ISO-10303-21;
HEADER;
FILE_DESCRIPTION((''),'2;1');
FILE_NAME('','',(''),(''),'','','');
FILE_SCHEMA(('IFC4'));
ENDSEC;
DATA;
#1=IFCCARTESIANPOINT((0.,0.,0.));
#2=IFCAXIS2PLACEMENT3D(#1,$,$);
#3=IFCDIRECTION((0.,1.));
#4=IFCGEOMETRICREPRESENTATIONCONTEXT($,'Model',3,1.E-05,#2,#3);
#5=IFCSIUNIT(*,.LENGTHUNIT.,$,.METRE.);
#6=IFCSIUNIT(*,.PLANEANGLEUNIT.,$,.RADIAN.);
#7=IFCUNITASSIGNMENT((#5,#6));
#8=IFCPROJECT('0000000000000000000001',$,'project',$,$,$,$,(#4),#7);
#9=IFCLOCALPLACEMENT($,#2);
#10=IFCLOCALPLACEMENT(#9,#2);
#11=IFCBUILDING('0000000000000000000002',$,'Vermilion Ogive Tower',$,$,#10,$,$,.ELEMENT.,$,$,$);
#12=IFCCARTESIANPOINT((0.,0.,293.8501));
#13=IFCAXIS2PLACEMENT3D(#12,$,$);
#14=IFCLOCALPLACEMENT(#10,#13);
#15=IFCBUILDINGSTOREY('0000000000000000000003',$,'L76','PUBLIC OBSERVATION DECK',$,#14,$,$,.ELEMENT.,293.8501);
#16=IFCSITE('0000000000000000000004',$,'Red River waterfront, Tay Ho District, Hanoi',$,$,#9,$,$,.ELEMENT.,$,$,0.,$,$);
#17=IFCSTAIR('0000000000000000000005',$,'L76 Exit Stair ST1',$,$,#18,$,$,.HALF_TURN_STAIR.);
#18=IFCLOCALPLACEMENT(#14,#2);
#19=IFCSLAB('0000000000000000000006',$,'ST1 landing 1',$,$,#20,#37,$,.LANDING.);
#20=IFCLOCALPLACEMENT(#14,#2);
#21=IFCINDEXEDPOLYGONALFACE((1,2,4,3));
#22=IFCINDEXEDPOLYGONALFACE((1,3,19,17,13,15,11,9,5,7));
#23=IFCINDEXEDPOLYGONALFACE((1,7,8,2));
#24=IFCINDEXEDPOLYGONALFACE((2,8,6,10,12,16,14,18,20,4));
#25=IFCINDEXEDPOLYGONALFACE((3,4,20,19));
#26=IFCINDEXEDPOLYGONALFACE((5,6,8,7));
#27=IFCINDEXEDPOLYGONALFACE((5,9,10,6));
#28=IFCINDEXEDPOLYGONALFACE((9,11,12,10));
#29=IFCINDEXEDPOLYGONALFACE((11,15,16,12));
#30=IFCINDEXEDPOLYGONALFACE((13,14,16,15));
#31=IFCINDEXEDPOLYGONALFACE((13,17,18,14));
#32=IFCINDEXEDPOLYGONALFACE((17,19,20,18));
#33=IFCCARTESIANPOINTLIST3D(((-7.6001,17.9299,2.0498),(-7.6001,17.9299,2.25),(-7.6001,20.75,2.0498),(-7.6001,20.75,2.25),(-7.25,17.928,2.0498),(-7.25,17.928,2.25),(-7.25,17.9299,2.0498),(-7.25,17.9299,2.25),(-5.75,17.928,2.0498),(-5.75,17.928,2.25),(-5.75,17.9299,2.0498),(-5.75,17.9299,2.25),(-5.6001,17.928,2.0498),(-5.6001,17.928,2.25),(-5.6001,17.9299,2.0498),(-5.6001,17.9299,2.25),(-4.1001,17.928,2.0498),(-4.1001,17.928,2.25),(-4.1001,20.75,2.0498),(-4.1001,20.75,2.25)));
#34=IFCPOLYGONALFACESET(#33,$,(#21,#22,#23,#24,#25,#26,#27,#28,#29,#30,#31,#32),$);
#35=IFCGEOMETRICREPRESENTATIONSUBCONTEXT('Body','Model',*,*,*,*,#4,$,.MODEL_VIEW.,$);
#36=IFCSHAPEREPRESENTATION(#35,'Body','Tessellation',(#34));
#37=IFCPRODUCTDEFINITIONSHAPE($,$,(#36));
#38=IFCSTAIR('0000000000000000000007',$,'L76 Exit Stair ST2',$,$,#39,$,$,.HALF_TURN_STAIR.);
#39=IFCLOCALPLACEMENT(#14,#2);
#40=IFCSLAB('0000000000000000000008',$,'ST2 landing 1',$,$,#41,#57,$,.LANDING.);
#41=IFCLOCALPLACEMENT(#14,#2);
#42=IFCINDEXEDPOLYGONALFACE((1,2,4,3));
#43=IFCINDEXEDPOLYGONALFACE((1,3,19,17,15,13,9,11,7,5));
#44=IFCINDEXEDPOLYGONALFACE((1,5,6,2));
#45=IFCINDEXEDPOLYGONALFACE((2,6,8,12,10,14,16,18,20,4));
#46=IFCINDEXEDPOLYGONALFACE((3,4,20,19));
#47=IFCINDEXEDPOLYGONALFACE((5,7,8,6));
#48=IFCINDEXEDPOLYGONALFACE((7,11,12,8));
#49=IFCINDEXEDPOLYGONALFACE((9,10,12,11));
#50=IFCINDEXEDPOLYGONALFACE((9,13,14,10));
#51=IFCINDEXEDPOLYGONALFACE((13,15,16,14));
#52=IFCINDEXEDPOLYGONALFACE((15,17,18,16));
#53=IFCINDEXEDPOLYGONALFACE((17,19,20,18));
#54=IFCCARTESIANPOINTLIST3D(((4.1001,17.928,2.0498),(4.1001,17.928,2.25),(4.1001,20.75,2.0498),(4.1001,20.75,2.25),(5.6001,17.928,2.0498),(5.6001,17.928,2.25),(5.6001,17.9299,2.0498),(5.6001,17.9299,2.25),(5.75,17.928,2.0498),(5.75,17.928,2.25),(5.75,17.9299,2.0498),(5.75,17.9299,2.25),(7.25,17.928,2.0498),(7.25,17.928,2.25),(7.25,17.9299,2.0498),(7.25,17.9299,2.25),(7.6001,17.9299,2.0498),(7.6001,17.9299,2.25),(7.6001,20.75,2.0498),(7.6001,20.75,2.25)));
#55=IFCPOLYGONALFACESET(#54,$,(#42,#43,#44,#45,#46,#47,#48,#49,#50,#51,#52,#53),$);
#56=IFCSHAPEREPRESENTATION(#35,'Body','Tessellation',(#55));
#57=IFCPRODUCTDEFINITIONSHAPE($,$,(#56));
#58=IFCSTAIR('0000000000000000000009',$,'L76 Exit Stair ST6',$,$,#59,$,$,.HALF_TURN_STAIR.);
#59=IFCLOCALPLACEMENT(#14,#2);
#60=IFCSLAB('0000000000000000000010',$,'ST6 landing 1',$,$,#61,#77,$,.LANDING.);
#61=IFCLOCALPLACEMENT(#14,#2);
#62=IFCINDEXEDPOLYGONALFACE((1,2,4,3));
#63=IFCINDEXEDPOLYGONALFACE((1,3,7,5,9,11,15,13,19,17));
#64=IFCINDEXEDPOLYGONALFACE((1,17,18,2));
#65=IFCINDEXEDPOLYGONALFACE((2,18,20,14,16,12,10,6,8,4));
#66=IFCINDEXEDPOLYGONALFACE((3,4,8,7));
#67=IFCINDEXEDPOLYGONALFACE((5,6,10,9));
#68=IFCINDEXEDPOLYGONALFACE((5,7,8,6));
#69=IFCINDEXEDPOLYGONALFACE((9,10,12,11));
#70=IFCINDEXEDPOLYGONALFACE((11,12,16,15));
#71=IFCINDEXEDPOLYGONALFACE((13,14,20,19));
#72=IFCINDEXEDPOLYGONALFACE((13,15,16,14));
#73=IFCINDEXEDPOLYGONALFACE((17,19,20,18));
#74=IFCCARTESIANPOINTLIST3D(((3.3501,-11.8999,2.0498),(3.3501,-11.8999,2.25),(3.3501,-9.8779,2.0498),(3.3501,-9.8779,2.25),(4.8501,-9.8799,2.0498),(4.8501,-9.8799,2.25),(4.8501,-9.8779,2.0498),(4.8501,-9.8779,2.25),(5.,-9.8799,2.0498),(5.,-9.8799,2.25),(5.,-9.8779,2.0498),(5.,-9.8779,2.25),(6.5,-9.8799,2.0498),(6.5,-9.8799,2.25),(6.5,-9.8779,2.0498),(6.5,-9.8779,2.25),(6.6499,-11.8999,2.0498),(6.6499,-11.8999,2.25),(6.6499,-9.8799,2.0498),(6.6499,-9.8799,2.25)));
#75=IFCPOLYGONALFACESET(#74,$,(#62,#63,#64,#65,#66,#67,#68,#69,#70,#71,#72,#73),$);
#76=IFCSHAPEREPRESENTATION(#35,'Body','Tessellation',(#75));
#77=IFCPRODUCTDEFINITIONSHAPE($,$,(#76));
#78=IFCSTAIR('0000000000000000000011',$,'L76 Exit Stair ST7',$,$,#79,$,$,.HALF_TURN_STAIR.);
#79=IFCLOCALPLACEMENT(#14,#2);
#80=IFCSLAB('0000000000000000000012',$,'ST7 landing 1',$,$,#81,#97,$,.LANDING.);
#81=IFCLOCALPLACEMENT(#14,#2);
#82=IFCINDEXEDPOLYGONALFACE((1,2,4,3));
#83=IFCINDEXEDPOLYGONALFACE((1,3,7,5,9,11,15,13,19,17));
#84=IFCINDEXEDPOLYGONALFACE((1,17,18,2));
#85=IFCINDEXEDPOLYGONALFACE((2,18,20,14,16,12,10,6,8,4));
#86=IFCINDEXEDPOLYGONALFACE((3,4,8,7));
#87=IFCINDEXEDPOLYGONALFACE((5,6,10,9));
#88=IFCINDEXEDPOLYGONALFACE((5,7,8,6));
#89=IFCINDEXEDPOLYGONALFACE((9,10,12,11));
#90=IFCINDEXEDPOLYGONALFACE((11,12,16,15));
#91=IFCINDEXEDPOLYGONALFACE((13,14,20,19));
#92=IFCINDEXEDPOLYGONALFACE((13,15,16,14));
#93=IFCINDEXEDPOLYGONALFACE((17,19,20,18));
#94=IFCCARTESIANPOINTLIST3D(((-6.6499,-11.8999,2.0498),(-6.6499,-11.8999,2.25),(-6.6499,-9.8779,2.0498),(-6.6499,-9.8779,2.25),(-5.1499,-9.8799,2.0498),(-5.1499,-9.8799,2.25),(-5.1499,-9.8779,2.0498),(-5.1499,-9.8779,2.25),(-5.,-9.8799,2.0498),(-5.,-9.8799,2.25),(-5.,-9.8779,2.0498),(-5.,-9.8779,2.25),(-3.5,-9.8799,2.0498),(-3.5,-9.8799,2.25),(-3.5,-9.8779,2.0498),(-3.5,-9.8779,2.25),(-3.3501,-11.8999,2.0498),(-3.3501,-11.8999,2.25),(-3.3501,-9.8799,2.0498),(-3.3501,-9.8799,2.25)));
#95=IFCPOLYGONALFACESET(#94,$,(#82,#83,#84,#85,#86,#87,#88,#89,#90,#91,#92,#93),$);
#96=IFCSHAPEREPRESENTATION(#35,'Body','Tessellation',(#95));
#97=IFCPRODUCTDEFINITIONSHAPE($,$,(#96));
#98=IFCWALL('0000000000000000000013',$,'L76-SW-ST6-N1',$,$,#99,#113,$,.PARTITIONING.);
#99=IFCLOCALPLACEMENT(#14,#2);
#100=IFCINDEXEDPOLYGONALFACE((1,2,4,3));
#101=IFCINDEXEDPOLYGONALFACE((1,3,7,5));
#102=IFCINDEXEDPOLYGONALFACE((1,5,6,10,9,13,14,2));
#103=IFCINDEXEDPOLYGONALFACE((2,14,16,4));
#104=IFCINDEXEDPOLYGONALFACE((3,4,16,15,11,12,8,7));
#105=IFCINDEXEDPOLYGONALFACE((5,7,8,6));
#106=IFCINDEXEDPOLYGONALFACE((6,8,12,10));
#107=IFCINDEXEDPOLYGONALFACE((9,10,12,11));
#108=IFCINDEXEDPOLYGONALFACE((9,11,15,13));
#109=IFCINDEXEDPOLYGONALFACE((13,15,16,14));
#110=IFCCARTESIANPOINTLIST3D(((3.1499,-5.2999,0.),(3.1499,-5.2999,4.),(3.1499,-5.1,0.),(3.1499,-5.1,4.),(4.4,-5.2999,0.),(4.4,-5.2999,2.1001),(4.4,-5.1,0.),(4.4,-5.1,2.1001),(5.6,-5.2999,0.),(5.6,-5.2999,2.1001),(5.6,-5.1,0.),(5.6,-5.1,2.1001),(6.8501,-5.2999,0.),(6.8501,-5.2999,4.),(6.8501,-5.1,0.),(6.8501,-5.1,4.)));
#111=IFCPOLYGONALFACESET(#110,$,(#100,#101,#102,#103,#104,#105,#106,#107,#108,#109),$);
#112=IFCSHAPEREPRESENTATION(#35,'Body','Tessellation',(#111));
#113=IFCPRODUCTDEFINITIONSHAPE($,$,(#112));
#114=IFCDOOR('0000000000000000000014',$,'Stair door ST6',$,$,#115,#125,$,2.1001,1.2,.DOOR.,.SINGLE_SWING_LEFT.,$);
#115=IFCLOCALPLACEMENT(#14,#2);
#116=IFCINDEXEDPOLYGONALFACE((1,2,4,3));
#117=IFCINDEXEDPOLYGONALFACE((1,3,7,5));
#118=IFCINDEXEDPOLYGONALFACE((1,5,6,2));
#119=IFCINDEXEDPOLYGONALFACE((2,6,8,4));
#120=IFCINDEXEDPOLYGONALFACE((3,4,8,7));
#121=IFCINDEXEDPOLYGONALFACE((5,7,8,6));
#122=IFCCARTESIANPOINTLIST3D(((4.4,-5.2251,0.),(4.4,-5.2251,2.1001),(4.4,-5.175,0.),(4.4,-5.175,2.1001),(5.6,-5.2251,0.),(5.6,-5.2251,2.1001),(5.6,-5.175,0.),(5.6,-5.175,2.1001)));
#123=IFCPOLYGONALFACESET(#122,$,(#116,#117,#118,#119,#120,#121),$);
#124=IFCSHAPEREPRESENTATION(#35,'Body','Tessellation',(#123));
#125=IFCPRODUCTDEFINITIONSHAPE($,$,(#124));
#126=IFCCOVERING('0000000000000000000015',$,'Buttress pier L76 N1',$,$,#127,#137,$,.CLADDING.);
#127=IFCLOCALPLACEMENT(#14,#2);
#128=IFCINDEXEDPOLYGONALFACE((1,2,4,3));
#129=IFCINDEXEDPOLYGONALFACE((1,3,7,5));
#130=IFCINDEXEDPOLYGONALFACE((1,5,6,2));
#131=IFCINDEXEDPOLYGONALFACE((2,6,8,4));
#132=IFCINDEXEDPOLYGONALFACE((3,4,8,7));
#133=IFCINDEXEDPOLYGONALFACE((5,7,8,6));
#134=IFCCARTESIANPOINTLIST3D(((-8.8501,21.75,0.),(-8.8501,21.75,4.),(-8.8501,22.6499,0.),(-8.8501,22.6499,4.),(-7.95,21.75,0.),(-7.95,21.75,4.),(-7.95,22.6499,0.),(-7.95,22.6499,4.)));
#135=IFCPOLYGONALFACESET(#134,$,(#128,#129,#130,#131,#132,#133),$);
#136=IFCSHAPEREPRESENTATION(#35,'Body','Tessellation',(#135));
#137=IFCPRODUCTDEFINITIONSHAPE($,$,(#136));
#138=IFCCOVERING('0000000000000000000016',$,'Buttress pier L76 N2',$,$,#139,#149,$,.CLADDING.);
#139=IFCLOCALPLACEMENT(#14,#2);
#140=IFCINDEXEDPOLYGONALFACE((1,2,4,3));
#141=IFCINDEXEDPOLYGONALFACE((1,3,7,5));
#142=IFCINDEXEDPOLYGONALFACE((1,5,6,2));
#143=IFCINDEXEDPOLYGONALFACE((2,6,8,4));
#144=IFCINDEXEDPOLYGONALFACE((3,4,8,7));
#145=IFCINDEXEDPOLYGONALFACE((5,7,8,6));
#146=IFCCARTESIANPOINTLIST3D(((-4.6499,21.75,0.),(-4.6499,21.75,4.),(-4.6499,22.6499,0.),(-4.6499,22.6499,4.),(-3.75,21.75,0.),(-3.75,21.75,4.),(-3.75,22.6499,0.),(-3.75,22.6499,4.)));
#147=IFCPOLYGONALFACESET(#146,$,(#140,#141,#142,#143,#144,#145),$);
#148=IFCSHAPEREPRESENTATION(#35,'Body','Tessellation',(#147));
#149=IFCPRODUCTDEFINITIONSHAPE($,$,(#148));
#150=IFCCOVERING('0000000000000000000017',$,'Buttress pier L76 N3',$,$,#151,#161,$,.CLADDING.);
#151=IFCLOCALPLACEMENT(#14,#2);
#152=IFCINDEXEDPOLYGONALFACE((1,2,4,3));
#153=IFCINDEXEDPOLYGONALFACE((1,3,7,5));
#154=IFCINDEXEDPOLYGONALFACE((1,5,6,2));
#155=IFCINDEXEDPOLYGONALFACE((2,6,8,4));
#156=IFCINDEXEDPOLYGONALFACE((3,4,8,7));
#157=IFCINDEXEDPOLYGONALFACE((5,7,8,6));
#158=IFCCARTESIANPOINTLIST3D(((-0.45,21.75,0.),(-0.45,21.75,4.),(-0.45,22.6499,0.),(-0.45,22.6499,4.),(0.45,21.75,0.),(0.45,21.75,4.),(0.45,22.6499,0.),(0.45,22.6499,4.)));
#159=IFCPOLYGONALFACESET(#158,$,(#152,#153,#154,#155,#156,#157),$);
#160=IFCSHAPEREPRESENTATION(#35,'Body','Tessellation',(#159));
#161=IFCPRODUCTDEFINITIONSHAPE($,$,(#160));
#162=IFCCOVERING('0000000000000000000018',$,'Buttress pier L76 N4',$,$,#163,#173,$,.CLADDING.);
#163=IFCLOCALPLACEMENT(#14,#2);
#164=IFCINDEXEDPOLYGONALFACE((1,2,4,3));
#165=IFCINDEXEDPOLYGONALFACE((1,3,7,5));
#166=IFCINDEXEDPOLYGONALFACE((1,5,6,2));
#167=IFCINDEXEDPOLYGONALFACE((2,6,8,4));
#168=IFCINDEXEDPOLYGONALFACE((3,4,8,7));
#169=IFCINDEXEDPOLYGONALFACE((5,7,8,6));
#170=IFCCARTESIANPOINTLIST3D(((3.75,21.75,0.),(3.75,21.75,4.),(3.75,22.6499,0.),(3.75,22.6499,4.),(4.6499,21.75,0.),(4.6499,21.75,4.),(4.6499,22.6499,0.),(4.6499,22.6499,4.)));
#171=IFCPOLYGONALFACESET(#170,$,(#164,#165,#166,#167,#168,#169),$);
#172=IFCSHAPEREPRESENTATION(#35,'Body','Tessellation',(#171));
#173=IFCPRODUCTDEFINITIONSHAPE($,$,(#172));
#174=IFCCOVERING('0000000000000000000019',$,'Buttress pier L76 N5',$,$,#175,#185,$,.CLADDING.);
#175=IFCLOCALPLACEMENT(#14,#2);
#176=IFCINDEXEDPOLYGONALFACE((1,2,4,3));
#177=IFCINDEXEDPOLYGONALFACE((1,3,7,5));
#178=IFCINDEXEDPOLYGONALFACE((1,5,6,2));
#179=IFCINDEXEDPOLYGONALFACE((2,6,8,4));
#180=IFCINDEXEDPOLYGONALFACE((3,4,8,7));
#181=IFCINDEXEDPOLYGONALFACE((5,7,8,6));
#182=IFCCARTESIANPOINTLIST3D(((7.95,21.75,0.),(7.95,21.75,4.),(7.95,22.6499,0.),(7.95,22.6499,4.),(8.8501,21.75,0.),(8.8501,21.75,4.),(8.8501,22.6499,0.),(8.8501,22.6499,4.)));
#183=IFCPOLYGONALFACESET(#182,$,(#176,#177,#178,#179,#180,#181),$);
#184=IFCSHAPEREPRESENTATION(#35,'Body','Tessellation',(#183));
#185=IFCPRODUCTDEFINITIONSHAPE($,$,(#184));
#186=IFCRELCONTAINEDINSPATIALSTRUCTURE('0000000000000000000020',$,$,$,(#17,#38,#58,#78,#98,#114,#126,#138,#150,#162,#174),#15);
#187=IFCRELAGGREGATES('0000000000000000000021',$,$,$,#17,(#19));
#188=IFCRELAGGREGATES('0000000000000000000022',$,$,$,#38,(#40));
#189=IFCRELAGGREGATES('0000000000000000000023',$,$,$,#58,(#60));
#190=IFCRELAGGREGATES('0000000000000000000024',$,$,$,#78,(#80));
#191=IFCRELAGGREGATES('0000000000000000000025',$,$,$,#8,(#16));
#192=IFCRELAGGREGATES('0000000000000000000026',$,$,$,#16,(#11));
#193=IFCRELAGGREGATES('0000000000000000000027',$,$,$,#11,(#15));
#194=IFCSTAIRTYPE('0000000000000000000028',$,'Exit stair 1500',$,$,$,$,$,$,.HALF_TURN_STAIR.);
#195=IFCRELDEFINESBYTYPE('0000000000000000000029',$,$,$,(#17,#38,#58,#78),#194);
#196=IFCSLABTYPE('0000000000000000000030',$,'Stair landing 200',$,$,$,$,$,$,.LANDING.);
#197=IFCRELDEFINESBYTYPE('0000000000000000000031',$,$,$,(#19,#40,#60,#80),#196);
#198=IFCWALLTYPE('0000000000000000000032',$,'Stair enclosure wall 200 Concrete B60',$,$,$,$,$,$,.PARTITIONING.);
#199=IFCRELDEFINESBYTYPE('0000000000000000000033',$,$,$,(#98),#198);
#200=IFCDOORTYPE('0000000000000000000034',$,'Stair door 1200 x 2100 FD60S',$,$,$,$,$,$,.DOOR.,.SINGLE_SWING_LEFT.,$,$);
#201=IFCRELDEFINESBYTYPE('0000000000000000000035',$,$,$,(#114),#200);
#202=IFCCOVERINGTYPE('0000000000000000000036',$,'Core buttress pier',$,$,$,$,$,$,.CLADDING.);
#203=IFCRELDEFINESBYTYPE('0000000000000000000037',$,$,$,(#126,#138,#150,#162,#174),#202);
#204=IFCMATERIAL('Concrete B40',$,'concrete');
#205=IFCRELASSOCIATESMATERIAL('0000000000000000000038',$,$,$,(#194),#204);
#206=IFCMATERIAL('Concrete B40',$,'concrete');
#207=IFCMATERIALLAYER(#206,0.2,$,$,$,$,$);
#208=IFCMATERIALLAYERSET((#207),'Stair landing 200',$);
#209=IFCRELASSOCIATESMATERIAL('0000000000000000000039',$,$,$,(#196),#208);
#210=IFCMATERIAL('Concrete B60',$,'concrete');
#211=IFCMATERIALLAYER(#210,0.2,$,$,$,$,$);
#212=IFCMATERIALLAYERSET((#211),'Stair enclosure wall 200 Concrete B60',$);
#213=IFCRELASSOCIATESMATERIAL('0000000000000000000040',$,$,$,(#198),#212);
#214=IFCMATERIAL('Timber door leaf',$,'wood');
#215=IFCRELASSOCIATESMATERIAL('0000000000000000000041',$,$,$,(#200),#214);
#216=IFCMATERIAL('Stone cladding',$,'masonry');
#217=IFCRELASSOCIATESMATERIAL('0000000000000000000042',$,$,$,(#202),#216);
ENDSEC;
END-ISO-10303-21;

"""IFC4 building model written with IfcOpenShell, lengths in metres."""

from ifc_helpers import new_model, si_unit, direction, frame, frame_2d, origin, place, context, subcontext, project, spatial, polyline, rectangle, outline, extrude, material, layer, layer_set, type_object, element, fill, aggregate, save


model = new_model("IFC4")

# Units and contexts
model_context = context("Model", 3, precision=1e-05, world=origin(), true_north=direction((0.0, 1.0)))
body_context = subcontext(model_context, "Body", "Model", "MODEL_VIEW")
ifc_project = project(units=[si_unit("LENGTHUNIT", "METRE"), si_unit("PLANEANGLEUNIT", "RADIAN")], contexts=[model_context])

# Site, building, storey
site_placement = place(None, origin())
site = spatial("IfcSite", under=ifc_project, at=site_placement, Name="Red River waterfront, Tay Ho District, Hanoi", CompositionType="ELEMENT", RefElevation=0.0)
building_placement = place(site_placement, origin())
building = spatial("IfcBuilding", under=site, at=building_placement, Name="Vermilion Ogive Tower", CompositionType="ELEMENT")
storey_placement = place(building_placement, frame((0.0, 0.0, 293.8501)))
storey = spatial("IfcBuildingStorey", under=building, at=storey_placement, Name="L76", Description="PUBLIC OBSERVATION DECK", CompositionType="ELEMENT", Elevation=293.8501)

# Stairs, slabs
ifc_material_1 = material(Name="Concrete B40", Category="concrete")
stair_type = type_object("IfcStairType", Name="Exit stair 1500", PredefinedType="HALF_TURN_STAIR", material=ifc_material_1)
stair_1_placement = place(storey_placement, origin())
stair_1 = element("IfcStair", 1, at=stair_1_placement, inside=storey, type_object=stair_type, Name="L76 Exit Stair ST1", PredefinedType="HALF_TURN_STAIR")
ifc_material_2 = material(Name="Concrete B40", Category="concrete")
ifc_layer_1 = layer(ifc_material_2, 0.2)
ifc_layer_set_1 = layer_set([ifc_layer_1], Name="Stair landing 200")
slab_type = type_object("IfcSlabType", Name="Stair landing 200", PredefinedType="LANDING", material=ifc_layer_set_1)
slab_1_placement = place(storey_placement, frame((0.0, 0.0, 2.0498)))
slab_1 = element("IfcSlab", 2, at=slab_1_placement, type_object=slab_type, Name="ST1 landing 1", PredefinedType="LANDING", context=body_context, shape_type="SweptSolid", body=[
    extrude(outline(polyline([(-7.6001, 17.9299), (-7.25, 17.9299), (-7.25, 17.928), (-5.75, 17.928), (-5.75, 17.9299), (-5.6001, 17.9299), (-5.6001, 17.928), (-4.1001, 17.928), (-4.1001, 20.75), (-7.6001, 20.75), (-7.6001, 17.9299)])), origin(), (0.0, 0.0, 1.0), 0.2002),
])
aggregate(stair_1, [slab_1])
stair_2_placement = place(storey_placement, origin())
stair_2 = element("IfcStair", 3, at=stair_2_placement, inside=storey, type_object=stair_type, Name="L76 Exit Stair ST2", PredefinedType="HALF_TURN_STAIR")
slab_2_placement = place(storey_placement, frame((0.0, 0.0, 2.0498)))
slab_2 = element("IfcSlab", 4, at=slab_2_placement, type_object=slab_type, Name="ST2 landing 1", PredefinedType="LANDING", context=body_context, shape_type="SweptSolid", body=[
    extrude(outline(polyline([(5.6001, 17.9299), (5.75, 17.9299), (5.75, 17.928), (7.25, 17.928), (7.25, 17.9299), (7.6001, 17.9299), (7.6001, 20.75), (4.1001, 20.75), (4.1001, 17.928), (5.6001, 17.928), (5.6001, 17.9299)])), origin(), (0.0, 0.0, 1.0), 0.2002),
])
aggregate(stair_2, [slab_2])
stair_3_placement = place(storey_placement, origin())
stair_3 = element("IfcStair", 5, at=stair_3_placement, inside=storey, type_object=stair_type, Name="L76 Exit Stair ST6", PredefinedType="HALF_TURN_STAIR")
slab_3_placement = place(storey_placement, frame((0.0, 0.0, 2.0498)))
slab_3 = element("IfcSlab", 6, at=slab_3_placement, type_object=slab_type, Name="ST6 landing 1", PredefinedType="LANDING", context=body_context, shape_type="SweptSolid", body=[
    extrude(outline(polyline([(6.6499, -9.8799), (6.5, -9.8799), (6.5, -9.8779), (5.0, -9.8779), (5.0, -9.8799), (4.8501, -9.8799), (4.8501, -9.8779), (3.3501, -9.8779), (3.3501, -11.8999), (6.6499, -11.8999), (6.6499, -9.8799)])), origin(), (0.0, 0.0, 1.0), 0.2002),
])
aggregate(stair_3, [slab_3])
stair_4_placement = place(storey_placement, origin())
stair_4 = element("IfcStair", 7, at=stair_4_placement, inside=storey, type_object=stair_type, Name="L76 Exit Stair ST7", PredefinedType="HALF_TURN_STAIR")
slab_4_placement = place(storey_placement, frame((0.0, 0.0, 2.0498)))
slab_4 = element("IfcSlab", 8, at=slab_4_placement, type_object=slab_type, Name="ST7 landing 1", PredefinedType="LANDING", context=body_context, shape_type="SweptSolid", body=[
    extrude(outline(polyline([(-3.3501, -9.8799), (-3.5, -9.8799), (-3.5, -9.8779), (-5.0, -9.8779), (-5.0, -9.8799), (-5.1499, -9.8799), (-5.1499, -9.8779), (-6.6499, -9.8779), (-6.6499, -11.8999), (-3.3501, -11.8999), (-3.3501, -9.8799)])), origin(), (0.0, 0.0, 1.0), 0.2002),
])
aggregate(stair_4, [slab_4])

# Wall, opening, door
ifc_material_3 = material(Name="Concrete B60", Category="concrete")
ifc_layer_2 = layer(ifc_material_3, 0.2)
ifc_layer_set_2 = layer_set([ifc_layer_2], Name="Stair enclosure wall 200 Concrete B60")
wall_type = type_object("IfcWallType", Name="Stair enclosure wall 200 Concrete B60", PredefinedType="PARTITIONING", material=ifc_layer_set_2)
wall_placement = place(storey_placement, frame((3.1499, -5.2, 0.0), z_axis=(0.0, 0.0, 1.0), x_axis=(1.0, 0.0, 0.0)))
wall = element("IfcWall", 9, at=wall_placement, inside=storey, type_object=wall_type, Name="L76-SW-ST6-N1", PredefinedType="PARTITIONING", context=body_context, shape_type="SweptSolid", body=[
    extrude(rectangle(XDim=3.7002, YDim=0.2, at=frame_2d((1.8501, 0.0))), origin(), (0.0, 0.0, 1.0), 4.0),
])
opening_placement = place(wall_placement, frame((1.25, 0.0, 0.0)))
opening = element("IfcOpeningElement", 10, at=opening_placement, cuts=wall, PredefinedType="OPENING", context=body_context, shape_type="SweptSolid", body=[
    extrude(rectangle(XDim=1.2, YDim=2.1001, at=frame_2d((0.6001, 1.05))), frame((0.0, 0.1099, 0.0), z_axis=(0.0, -1.0, 0.0), x_axis=(1.0, 0.0, 0.0)), (0.0, 0.0, 1.0), 0.22),
])
ifc_material_4 = material(Name="Timber door leaf", Category="wood")
door_type = type_object("IfcDoorType", Name="Stair door 1200 x 2100 FD60S", OperationType="SINGLE_SWING_LEFT", PredefinedType="DOOR", material=ifc_material_4)
door_placement = place(opening_placement, origin())
door = element("IfcDoor", 11, at=door_placement, inside=storey, type_object=door_type, Name="Stair door ST6", OperationType="SINGLE_SWING_LEFT", OverallHeight=2.1001, OverallWidth=1.2, PredefinedType="DOOR", context=body_context, shape_type="SweptSolid", body=[
    extrude(rectangle(XDim=1.2, YDim=2.1001, at=frame_2d((0.6001, 1.05))), frame((0.0, 0.0249, 0.0), z_axis=(0.0, -1.0, 0.0), x_axis=(1.0, 0.0, 0.0)), (0.0, 0.0, 1.0), 0.05),
])
fill(opening, door)

# Coverings
ifc_material_5 = material(Name="Stone cladding", Category="masonry")
covering_type_1 = type_object("IfcCoveringType", Name="Core buttress pier", PredefinedType="CLADDING", material=ifc_material_5)
covering_1_placement = place(storey_placement, origin())
element("IfcCovering", 12, at=covering_1_placement, inside=storey, type_object=covering_type_1, Name="Buttress pier L76 N1", PredefinedType="CLADDING", context=body_context, shape_type="SweptSolid", body=[
    extrude(outline(polyline([(-8.8501, 21.75), (-7.95, 21.75), (-7.95, 22.6499), (-8.8501, 22.6499), (-8.8501, 21.75)])), origin(), (0.0, 0.0, 1.0), 4.0),
])
covering_2_placement = place(storey_placement, origin())
element("IfcCovering", 13, at=covering_2_placement, inside=storey, type_object=covering_type_1, Name="Buttress pier L76 N2", PredefinedType="CLADDING", context=body_context, shape_type="SweptSolid", body=[
    extrude(outline(polyline([(-4.6499, 21.75), (-3.75, 21.75), (-3.75, 22.6499), (-4.6499, 22.6499), (-4.6499, 21.75)])), origin(), (0.0, 0.0, 1.0), 4.0),
])
covering_3_placement = place(storey_placement, origin())
element("IfcCovering", 14, at=covering_3_placement, inside=storey, type_object=covering_type_1, Name="Buttress pier L76 N3", PredefinedType="CLADDING", context=body_context, shape_type="SweptSolid", body=[
    extrude(outline(polyline([(-0.45, 21.75), (0.45, 21.75), (0.45, 22.6499), (-0.45, 22.6499), (-0.45, 21.75)])), origin(), (0.0, 0.0, 1.0), 4.0),
])
covering_4_placement = place(storey_placement, origin())
element("IfcCovering", 15, at=covering_4_placement, inside=storey, type_object=covering_type_1, Name="Buttress pier L76 N4", PredefinedType="CLADDING", context=body_context, shape_type="SweptSolid", body=[
    extrude(outline(polyline([(3.75, 21.75), (4.6499, 21.75), (4.6499, 22.6499), (3.75, 22.6499), (3.75, 21.75)])), origin(), (0.0, 0.0, 1.0), 4.0),
])
covering_5_placement = place(storey_placement, origin())
element("IfcCovering", 16, at=covering_5_placement, inside=storey, type_object=covering_type_1, Name="Buttress pier L76 N5", PredefinedType="CLADDING", context=body_context, shape_type="SweptSolid", body=[
    extrude(outline(polyline([(7.95, 21.75), (8.8501, 21.75), (8.8501, 22.6499), (7.95, 22.6499), (7.95, 21.75)])), origin(), (0.0, 0.0, 1.0), 4.0),
])

save(model, "model.ifc")
